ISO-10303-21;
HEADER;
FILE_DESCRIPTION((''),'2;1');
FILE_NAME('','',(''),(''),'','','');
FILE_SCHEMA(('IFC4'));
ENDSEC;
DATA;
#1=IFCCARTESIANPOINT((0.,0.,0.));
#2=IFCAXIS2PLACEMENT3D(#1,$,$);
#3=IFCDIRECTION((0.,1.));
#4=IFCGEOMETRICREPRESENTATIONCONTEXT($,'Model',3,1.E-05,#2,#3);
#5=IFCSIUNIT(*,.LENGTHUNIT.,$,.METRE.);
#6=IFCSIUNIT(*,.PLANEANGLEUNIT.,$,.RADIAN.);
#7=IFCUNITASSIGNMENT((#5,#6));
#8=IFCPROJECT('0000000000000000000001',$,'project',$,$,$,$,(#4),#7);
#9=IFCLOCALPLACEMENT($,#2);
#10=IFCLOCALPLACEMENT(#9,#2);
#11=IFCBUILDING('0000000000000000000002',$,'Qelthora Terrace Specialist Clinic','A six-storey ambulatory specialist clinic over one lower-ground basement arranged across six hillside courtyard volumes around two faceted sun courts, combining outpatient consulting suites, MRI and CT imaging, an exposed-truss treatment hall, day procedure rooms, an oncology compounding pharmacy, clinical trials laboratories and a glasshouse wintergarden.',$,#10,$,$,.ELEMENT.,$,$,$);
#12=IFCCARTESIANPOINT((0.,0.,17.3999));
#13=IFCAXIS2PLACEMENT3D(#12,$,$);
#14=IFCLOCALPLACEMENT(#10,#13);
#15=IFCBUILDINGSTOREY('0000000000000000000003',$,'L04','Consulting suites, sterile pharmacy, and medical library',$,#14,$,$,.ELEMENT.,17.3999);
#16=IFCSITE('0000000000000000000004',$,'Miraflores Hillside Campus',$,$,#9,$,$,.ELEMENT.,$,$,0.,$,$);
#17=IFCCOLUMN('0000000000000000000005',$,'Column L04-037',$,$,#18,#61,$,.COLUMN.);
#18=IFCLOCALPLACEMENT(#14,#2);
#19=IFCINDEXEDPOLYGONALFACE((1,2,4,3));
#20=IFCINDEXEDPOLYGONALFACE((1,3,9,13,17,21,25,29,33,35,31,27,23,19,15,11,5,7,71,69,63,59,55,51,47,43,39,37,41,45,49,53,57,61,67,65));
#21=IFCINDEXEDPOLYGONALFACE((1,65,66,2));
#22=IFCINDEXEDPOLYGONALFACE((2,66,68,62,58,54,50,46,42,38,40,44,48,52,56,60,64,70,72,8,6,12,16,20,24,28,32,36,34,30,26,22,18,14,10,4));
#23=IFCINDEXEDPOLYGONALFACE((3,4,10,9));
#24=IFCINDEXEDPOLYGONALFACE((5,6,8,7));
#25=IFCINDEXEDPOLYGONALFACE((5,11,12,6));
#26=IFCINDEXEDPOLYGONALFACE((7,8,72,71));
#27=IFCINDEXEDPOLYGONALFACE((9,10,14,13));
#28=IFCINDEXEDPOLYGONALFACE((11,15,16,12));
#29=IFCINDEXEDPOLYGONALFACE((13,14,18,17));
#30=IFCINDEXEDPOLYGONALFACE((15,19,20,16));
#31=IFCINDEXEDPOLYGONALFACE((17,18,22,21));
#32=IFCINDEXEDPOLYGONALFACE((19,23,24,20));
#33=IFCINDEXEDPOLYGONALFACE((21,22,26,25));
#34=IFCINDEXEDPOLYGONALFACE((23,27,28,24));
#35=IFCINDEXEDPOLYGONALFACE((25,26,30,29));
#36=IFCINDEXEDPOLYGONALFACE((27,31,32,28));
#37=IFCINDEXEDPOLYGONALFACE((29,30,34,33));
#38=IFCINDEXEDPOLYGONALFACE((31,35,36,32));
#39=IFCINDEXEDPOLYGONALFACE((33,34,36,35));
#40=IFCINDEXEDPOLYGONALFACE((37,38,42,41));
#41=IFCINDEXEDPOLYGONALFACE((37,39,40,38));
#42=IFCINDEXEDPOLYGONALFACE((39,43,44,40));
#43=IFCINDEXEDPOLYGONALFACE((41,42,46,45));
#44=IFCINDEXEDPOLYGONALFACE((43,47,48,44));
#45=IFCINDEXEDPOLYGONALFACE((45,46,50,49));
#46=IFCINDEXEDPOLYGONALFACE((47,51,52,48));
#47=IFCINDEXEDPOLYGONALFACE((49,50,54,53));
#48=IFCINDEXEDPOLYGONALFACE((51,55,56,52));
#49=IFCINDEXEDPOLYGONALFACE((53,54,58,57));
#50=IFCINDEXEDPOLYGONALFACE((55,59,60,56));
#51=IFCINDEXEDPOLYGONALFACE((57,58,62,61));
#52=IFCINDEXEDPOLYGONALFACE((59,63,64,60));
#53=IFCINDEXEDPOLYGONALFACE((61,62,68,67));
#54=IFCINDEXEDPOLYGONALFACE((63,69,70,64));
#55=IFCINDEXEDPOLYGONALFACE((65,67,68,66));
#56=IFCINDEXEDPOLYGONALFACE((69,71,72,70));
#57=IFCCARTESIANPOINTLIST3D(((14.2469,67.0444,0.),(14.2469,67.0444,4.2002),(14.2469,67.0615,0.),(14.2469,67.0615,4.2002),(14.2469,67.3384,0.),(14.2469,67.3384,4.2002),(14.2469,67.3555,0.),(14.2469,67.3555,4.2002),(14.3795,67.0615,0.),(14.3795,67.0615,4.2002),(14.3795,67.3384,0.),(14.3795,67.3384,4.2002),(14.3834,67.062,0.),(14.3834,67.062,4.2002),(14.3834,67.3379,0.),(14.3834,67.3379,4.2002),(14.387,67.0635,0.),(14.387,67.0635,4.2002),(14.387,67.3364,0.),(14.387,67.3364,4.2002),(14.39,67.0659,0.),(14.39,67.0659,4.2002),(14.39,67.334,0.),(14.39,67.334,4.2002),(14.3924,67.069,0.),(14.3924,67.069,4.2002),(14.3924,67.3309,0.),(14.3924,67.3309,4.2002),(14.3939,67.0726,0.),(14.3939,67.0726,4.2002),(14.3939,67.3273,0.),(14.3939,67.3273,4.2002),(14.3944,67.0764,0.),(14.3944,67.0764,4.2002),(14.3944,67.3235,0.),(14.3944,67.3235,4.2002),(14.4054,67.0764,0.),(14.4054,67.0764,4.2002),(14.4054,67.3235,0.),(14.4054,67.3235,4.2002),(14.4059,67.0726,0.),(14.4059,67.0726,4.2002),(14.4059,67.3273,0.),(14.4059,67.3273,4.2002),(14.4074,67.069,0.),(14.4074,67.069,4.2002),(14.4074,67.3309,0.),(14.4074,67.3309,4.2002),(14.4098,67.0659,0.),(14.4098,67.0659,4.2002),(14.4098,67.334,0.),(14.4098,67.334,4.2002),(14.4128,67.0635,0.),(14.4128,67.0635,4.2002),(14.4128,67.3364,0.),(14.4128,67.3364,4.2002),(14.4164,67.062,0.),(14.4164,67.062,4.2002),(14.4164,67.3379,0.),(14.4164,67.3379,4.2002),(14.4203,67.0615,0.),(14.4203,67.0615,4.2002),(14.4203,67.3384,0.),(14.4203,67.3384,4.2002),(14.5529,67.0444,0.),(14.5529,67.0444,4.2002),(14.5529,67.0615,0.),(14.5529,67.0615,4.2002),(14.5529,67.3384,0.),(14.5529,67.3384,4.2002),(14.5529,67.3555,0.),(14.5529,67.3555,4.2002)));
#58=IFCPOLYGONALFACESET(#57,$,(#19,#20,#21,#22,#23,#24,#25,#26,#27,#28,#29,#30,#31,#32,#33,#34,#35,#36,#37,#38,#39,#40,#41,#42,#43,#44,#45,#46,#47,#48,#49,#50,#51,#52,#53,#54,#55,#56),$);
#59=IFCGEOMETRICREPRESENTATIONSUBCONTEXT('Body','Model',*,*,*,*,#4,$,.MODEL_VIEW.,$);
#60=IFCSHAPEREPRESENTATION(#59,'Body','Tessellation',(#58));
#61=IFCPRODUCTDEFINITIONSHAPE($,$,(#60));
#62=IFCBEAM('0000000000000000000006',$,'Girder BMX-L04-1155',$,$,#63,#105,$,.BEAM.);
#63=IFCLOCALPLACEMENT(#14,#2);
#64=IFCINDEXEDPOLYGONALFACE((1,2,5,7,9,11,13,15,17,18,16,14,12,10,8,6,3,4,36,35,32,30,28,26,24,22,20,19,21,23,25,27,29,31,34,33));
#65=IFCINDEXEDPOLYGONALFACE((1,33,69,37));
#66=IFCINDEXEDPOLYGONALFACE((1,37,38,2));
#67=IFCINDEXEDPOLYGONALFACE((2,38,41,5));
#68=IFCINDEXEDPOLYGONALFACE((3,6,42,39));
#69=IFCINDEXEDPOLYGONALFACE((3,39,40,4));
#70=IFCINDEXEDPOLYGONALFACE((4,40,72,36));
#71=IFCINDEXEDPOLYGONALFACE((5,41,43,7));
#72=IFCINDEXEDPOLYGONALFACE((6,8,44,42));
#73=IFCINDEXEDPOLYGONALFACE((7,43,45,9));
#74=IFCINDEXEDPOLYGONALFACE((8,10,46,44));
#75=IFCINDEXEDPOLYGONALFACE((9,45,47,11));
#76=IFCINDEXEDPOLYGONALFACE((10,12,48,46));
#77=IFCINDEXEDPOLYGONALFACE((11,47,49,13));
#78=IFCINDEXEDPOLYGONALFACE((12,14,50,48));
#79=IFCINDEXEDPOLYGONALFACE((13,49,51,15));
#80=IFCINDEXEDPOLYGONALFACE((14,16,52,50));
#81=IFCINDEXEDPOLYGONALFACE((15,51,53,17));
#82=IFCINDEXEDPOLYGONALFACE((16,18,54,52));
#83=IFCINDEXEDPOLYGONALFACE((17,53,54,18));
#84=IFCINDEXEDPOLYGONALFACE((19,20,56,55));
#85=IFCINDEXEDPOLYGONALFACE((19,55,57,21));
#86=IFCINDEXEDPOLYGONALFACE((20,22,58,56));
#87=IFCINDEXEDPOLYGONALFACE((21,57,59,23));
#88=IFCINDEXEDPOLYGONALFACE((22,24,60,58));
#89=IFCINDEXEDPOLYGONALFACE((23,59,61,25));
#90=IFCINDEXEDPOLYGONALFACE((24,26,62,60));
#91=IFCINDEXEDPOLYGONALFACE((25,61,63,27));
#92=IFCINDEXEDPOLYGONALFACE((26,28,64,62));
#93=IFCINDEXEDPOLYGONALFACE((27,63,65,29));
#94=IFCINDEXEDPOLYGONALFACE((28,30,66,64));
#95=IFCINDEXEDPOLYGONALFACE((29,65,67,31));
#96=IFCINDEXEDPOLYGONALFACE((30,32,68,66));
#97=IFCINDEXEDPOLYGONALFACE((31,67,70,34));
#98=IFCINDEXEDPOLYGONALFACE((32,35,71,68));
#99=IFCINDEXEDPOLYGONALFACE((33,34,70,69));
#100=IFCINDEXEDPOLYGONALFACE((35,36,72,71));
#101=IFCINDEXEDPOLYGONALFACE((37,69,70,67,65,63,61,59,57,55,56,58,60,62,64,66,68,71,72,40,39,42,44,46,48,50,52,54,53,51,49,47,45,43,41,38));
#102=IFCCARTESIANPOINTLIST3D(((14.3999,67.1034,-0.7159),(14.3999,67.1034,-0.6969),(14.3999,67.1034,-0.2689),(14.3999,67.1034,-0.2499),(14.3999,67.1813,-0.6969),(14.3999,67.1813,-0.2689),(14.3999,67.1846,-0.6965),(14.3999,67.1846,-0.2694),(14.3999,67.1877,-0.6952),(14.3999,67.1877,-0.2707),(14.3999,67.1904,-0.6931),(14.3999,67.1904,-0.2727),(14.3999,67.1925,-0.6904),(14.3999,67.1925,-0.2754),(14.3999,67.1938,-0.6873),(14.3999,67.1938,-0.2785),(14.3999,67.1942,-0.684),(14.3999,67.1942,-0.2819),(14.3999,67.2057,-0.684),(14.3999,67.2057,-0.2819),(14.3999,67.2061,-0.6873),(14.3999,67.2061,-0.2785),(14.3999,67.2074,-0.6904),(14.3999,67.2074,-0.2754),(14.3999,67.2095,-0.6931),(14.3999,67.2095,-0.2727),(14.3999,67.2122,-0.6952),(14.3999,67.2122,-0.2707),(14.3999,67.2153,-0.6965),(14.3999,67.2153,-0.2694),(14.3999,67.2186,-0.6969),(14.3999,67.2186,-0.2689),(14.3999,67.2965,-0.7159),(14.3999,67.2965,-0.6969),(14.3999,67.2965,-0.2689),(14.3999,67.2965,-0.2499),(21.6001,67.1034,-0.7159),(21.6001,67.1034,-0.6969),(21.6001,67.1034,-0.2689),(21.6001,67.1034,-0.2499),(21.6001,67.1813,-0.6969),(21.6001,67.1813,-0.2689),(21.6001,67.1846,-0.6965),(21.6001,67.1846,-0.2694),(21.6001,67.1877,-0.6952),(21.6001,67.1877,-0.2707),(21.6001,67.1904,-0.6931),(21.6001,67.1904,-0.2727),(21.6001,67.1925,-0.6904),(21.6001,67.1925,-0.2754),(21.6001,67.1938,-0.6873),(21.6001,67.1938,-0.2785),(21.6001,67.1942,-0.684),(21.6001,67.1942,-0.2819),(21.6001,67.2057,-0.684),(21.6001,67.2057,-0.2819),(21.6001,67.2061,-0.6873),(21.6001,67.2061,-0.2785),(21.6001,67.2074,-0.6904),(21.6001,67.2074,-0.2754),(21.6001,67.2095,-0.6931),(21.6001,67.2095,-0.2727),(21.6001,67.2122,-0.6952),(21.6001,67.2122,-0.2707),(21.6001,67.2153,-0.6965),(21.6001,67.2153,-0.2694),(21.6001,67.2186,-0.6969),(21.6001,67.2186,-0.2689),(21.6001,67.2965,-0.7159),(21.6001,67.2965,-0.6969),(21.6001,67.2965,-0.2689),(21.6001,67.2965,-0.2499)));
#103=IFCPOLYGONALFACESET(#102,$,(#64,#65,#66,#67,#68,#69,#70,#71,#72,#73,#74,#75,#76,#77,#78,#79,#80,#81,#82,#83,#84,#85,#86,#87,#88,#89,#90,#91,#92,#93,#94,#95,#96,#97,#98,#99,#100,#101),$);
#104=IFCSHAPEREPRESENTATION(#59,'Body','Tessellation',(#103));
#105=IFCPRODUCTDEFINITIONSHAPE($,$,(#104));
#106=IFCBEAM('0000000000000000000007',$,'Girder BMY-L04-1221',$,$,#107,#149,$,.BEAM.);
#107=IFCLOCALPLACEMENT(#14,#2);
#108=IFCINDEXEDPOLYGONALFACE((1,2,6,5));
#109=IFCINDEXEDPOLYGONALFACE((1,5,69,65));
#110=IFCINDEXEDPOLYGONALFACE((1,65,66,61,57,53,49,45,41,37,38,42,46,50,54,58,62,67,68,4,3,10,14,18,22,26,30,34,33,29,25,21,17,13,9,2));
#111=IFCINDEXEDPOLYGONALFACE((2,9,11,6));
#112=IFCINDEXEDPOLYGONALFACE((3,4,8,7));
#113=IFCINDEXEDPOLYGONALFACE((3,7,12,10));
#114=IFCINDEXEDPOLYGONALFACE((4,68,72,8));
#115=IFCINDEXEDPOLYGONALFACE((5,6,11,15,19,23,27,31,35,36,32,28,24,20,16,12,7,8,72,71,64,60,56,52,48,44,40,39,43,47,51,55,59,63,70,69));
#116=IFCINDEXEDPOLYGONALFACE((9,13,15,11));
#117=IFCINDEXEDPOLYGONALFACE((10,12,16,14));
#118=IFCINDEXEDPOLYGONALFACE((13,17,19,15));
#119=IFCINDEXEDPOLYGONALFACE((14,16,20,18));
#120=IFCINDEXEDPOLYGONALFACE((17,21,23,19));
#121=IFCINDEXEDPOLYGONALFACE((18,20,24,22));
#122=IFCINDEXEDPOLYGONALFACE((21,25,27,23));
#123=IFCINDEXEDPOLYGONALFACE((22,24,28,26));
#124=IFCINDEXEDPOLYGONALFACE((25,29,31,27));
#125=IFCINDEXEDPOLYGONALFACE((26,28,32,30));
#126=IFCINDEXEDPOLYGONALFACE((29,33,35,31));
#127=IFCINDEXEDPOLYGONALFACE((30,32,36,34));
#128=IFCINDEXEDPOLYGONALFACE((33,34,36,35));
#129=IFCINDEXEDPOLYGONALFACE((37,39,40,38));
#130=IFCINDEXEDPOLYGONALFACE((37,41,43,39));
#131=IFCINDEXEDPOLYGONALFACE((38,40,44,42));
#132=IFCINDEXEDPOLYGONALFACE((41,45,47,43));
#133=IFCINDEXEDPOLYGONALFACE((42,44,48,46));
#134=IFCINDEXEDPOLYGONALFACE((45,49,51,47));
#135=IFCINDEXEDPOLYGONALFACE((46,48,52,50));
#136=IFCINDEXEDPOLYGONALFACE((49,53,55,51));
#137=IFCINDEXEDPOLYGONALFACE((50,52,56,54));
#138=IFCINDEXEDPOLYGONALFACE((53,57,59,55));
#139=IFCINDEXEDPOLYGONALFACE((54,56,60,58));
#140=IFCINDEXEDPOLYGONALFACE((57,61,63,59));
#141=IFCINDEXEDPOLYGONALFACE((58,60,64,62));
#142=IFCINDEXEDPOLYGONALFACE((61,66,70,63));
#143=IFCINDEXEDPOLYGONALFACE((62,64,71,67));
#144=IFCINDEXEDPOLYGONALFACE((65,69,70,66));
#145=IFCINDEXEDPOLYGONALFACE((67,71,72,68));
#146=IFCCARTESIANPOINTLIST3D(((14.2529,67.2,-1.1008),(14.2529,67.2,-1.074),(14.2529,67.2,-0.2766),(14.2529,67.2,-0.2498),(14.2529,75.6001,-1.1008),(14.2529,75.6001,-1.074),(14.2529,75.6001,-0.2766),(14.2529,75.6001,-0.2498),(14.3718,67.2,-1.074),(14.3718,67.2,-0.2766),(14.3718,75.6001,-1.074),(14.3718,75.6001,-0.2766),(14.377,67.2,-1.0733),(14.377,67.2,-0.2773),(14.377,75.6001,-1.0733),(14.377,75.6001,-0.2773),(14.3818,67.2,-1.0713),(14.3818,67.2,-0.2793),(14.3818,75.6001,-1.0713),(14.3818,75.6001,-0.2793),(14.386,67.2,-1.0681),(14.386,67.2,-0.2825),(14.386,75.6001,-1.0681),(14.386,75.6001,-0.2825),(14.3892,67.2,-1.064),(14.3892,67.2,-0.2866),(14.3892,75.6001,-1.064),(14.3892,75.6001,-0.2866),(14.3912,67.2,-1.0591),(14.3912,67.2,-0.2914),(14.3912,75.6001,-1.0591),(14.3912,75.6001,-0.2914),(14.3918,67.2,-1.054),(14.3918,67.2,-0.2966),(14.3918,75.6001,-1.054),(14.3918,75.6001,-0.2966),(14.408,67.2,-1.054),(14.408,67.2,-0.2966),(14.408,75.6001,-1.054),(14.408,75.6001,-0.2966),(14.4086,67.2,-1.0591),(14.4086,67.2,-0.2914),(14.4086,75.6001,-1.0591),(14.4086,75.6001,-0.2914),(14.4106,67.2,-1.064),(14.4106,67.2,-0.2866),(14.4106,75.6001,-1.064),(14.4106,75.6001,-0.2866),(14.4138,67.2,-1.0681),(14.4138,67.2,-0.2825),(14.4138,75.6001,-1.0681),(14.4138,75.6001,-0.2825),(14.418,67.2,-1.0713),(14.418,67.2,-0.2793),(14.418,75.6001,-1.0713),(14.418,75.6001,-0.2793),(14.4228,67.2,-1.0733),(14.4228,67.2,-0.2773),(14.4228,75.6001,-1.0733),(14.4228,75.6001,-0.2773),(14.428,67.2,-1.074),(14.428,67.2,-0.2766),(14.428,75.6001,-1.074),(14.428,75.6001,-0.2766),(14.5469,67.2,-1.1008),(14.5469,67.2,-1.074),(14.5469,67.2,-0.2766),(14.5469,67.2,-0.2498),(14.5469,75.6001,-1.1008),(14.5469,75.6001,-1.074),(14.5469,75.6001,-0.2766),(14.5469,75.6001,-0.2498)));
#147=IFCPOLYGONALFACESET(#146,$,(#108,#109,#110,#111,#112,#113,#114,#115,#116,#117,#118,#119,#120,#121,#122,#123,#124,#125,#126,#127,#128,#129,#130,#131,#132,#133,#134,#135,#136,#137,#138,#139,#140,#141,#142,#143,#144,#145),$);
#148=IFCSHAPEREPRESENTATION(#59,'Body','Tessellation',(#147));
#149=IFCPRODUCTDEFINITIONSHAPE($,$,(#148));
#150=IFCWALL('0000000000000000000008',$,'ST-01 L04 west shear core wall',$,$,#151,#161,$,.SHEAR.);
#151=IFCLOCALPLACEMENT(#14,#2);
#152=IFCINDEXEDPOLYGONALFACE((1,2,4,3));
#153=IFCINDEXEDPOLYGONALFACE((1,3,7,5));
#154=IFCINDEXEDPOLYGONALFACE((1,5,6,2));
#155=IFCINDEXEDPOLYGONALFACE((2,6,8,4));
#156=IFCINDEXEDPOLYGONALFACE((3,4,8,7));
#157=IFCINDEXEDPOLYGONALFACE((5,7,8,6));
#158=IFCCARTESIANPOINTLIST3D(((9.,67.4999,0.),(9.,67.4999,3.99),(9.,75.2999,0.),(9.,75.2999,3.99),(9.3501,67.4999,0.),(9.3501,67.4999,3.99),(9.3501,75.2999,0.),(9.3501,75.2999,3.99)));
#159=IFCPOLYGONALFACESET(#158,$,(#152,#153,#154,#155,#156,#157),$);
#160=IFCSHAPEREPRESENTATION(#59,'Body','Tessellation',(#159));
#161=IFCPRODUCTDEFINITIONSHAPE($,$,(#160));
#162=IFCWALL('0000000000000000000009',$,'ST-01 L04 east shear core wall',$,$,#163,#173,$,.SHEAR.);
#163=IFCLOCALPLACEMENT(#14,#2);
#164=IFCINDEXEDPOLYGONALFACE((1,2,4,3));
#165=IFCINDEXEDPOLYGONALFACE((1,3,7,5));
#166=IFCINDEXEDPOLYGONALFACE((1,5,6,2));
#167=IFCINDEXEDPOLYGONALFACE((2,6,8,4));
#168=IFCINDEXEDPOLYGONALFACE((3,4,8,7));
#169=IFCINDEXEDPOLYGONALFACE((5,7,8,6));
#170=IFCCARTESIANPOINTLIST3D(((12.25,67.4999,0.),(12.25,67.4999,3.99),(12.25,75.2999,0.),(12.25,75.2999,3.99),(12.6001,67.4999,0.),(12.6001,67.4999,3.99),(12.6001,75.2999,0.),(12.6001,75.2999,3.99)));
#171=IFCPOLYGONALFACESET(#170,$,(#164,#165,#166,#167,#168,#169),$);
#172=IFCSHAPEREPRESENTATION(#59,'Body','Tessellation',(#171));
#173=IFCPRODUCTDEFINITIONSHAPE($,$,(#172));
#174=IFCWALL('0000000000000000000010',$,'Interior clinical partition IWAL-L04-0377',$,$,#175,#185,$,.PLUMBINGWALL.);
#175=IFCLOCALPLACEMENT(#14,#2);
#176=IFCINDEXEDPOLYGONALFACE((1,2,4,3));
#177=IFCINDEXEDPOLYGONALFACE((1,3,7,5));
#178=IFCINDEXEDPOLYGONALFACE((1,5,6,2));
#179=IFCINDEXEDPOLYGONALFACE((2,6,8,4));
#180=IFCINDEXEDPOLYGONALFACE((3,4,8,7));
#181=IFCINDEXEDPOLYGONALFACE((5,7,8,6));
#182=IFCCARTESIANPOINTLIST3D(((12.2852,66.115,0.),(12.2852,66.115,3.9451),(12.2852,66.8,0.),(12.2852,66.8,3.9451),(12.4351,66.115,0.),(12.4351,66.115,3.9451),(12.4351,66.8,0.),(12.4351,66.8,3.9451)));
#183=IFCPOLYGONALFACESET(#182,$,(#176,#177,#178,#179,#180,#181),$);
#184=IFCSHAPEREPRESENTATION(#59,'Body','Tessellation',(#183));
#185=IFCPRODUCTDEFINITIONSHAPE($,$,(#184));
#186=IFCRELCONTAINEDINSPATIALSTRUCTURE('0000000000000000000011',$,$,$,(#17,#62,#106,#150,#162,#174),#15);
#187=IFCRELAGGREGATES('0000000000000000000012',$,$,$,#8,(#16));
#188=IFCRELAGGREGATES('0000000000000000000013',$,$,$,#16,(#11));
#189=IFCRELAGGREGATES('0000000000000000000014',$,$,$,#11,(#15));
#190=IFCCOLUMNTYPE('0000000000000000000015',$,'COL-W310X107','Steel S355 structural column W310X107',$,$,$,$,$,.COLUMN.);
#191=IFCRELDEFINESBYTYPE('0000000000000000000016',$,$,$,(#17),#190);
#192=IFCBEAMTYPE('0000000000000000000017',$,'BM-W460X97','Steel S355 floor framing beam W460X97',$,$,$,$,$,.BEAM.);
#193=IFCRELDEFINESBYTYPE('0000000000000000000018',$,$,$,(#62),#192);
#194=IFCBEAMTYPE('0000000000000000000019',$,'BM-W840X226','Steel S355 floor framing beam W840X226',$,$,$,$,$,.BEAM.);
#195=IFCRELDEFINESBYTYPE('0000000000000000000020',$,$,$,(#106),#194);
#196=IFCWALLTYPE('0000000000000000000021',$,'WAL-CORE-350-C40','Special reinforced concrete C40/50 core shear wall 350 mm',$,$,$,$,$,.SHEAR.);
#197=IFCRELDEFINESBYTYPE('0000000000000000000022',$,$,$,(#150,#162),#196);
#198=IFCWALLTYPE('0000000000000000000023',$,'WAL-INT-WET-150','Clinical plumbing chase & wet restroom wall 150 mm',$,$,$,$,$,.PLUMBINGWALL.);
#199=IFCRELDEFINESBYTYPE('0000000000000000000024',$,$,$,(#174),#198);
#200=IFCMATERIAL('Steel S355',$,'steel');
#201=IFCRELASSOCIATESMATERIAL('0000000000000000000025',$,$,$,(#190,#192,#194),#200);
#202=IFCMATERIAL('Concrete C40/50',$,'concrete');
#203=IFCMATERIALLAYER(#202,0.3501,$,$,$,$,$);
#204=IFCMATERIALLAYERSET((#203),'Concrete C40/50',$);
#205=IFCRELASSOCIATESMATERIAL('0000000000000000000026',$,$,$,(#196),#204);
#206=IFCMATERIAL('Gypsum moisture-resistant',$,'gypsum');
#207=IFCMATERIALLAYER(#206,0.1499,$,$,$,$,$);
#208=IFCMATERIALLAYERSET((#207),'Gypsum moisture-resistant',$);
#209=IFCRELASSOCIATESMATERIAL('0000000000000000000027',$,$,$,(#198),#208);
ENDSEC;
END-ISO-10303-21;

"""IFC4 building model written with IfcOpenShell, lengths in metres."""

from ifc_helpers import new_model, si_unit, direction, frame, frame_2d, origin, origin_2d, place, context, subcontext, project, spatial, rectangle, i_section, extrude, material, layer, layer_set, material_profile, profile_set, type_object, element, save


model = new_model("IFC4")

# Units and contexts
model_context = context("Model", 3, precision=1e-05, world=origin(), true_north=direction((0.0, 1.0)))
body_context = subcontext(model_context, "Body", "Model", "MODEL_VIEW")
ifc_project = project(units=[si_unit("LENGTHUNIT", "METRE"), si_unit("PLANEANGLEUNIT", "RADIAN")], contexts=[model_context])

# Site, building, storey
site_placement = place(None, origin())
site = spatial("IfcSite", under=ifc_project, at=site_placement, Name="Miraflores Hillside Campus", CompositionType="ELEMENT", RefElevation=0.0)
building_placement = place(site_placement, origin())
building = spatial("IfcBuilding", under=site, at=building_placement, Name="Qelthora Terrace Specialist Clinic", Description="A six-storey ambulatory specialist clinic over one lower-ground basement arranged across six hillside courtyard volumes around two faceted sun courts, combining outpatient consulting suites, MRI and CT imaging, an exposed-truss treatment hall, day procedure rooms, an oncology compounding pharmacy, clinical trials laboratories and a glasshouse wintergarden.", CompositionType="ELEMENT")
storey_placement = place(building_placement, frame((0.0, 0.0, 17.3999)))
storey = spatial("IfcBuildingStorey", under=building, at=storey_placement, Name="L04", Description="Consulting suites, sterile pharmacy, and medical library", CompositionType="ELEMENT", Elevation=17.3999)

# Column
ifc_material_1 = material(Name="Steel S355", Category="steel")
ifc_material_profile_1 = material_profile(ifc_material_1, i_section(OverallWidth=0.3059, OverallDepth=0.311, WebThickness=0.011, FlangeThickness=0.0171, FilletRadius=0.0149, at=origin_2d()), Name="W310X107")
ifc_profile_set_1 = profile_set([ifc_material_profile_1], Name="Steel S355")
column_type = type_object("IfcColumnType", Name="COL-W310X107", Description="Steel S355 structural column W310X107", PredefinedType="COLUMN", material=ifc_profile_set_1)
column_placement = place(storey_placement, frame((14.3999, 67.2, 0.0), z_axis=(0.0, 0.0, 1.0), x_axis=(1.0, 0.0, 0.0)))
element("IfcColumn", 1, at=column_placement, inside=storey, type_object=column_type, Name="Column L04-037", PredefinedType="COLUMN", context=body_context, shape_type="SweptSolid", body=[
    extrude(i_section(OverallWidth=0.3059, OverallDepth=0.311, WebThickness=0.011, FlangeThickness=0.0171, FilletRadius=0.0149, at=origin_2d()), origin(), (0.0, 0.0, 1.0), 4.2002),
])

# Beams
ifc_material_profile_2 = material_profile(ifc_material_1, i_section(OverallWidth=0.1931, OverallDepth=0.4661, WebThickness=0.0115, FlangeThickness=0.019, FilletRadius=0.0129, at=origin_2d()), Name="W460X97")
ifc_profile_set_2 = profile_set([ifc_material_profile_2], Name="Steel S355")
beam_type_1 = type_object("IfcBeamType", Name="BM-W460X97", Description="Steel S355 floor framing beam W460X97", PredefinedType="BEAM", material=ifc_profile_set_2)
beam_1_placement = place(storey_placement, frame((14.3999, 67.2, -0.4829), z_axis=(1.0, 0.0, 0.0), x_axis=(0.0, 1.0, 0.0)))
element("IfcBeam", 2, at=beam_1_placement, inside=storey, type_object=beam_type_1, Name="Girder BMX-L04-1155", PredefinedType="BEAM", context=body_context, shape_type="SweptSolid", body=[
    extrude(i_section(OverallWidth=0.1931, OverallDepth=0.4661, WebThickness=0.0115, FlangeThickness=0.019, FilletRadius=0.0129, at=origin_2d()), origin(), (0.0, 0.0, 1.0), 7.2002),
])
ifc_material_profile_3 = material_profile(ifc_material_1, i_section(OverallWidth=0.2939, OverallDepth=0.8511, WebThickness=0.0161, FlangeThickness=0.0269, FilletRadius=0.02, at=origin_2d()), Name="W840X226")
ifc_profile_set_3 = profile_set([ifc_material_profile_3], Name="Steel S355")
beam_type_2 = type_object("IfcBeamType", Name="BM-W840X226", Description="Steel S355 floor framing beam W840X226", PredefinedType="BEAM", material=ifc_profile_set_3)
beam_2_placement = place(storey_placement, frame((14.3999, 67.2, -0.6753), z_axis=(0.0, 1.0, 0.0), x_axis=(-1.0, 0.0, 0.0)))
element("IfcBeam", 3, at=beam_2_placement, inside=storey, type_object=beam_type_2, Name="Girder BMY-L04-1221", PredefinedType="BEAM", context=body_context, shape_type="SweptSolid", body=[
    extrude(i_section(OverallWidth=0.2939, OverallDepth=0.8511, WebThickness=0.0161, FlangeThickness=0.0269, FilletRadius=0.02, at=origin_2d()), origin(), (0.0, 0.0, 1.0), 8.4001),
])

# Walls
ifc_material_2 = material(Name="Concrete C40/50", Category="concrete")
ifc_layer_1 = layer(ifc_material_2, 0.3501)
ifc_layer_set_1 = layer_set([ifc_layer_1], Name="Concrete C40/50")
wall_type_1 = type_object("IfcWallType", Name="WAL-CORE-350-C40", Description="Special reinforced concrete C40/50 core shear wall 350 mm", PredefinedType="SHEAR", material=ifc_layer_set_1)
for number, where, z_axis, x_axis, name in (
    (4, (9.175, 67.5, 0.0), (0.0, 0.0, 1.0), (0.0, 1.0, 0.0), "ST-01 L04 west shear core wall"),
    (5, (12.425, 67.5, 0.0), (0.0, 0.0, 1.0), (0.0, 1.0, 0.0), "ST-01 L04 east shear core wall"),
):
    element("IfcWall", number, at=place(storey_placement, frame(where, z_axis=z_axis, x_axis=x_axis)), inside=storey, type_object=wall_type_1, Name=name, PredefinedType="SHEAR", context=body_context, shape_type="SweptSolid", body=[
        extrude(rectangle(XDim=7.8, YDim=0.3501, at=frame_2d((3.8999, 0.0))), origin(), (0.0, 0.0, 1.0), 3.99),
    ])

# Wall
ifc_material_3 = material(Name="Gypsum moisture-resistant", Category="gypsum")
ifc_layer_2 = layer(ifc_material_3, 0.1499)
ifc_layer_set_2 = layer_set([ifc_layer_2], Name="Gypsum moisture-resistant")
wall_type_2 = type_object("IfcWallType", Name="WAL-INT-WET-150", Description="Clinical plumbing chase & wet restroom wall 150 mm", PredefinedType="PLUMBINGWALL", material=ifc_layer_set_2)
wall_1_placement = place(storey_placement, frame((12.3601, 66.115, 0.0), z_axis=(0.0, 0.0, 1.0), x_axis=(0.0, 1.0, 0.0)))
element("IfcWall", 6, at=wall_1_placement, inside=storey, type_object=wall_type_2, Name="Interior clinical partition IWAL-L04-0377", PredefinedType="PLUMBINGWALL", context=body_context, shape_type="SweptSolid", body=[
    extrude(rectangle(XDim=0.6851, YDim=0.1499, at=frame_2d((0.3425, 0.0))), origin(), (0.0, 0.0, 1.0), 3.9451),
])

save(model, "model.ifc")
